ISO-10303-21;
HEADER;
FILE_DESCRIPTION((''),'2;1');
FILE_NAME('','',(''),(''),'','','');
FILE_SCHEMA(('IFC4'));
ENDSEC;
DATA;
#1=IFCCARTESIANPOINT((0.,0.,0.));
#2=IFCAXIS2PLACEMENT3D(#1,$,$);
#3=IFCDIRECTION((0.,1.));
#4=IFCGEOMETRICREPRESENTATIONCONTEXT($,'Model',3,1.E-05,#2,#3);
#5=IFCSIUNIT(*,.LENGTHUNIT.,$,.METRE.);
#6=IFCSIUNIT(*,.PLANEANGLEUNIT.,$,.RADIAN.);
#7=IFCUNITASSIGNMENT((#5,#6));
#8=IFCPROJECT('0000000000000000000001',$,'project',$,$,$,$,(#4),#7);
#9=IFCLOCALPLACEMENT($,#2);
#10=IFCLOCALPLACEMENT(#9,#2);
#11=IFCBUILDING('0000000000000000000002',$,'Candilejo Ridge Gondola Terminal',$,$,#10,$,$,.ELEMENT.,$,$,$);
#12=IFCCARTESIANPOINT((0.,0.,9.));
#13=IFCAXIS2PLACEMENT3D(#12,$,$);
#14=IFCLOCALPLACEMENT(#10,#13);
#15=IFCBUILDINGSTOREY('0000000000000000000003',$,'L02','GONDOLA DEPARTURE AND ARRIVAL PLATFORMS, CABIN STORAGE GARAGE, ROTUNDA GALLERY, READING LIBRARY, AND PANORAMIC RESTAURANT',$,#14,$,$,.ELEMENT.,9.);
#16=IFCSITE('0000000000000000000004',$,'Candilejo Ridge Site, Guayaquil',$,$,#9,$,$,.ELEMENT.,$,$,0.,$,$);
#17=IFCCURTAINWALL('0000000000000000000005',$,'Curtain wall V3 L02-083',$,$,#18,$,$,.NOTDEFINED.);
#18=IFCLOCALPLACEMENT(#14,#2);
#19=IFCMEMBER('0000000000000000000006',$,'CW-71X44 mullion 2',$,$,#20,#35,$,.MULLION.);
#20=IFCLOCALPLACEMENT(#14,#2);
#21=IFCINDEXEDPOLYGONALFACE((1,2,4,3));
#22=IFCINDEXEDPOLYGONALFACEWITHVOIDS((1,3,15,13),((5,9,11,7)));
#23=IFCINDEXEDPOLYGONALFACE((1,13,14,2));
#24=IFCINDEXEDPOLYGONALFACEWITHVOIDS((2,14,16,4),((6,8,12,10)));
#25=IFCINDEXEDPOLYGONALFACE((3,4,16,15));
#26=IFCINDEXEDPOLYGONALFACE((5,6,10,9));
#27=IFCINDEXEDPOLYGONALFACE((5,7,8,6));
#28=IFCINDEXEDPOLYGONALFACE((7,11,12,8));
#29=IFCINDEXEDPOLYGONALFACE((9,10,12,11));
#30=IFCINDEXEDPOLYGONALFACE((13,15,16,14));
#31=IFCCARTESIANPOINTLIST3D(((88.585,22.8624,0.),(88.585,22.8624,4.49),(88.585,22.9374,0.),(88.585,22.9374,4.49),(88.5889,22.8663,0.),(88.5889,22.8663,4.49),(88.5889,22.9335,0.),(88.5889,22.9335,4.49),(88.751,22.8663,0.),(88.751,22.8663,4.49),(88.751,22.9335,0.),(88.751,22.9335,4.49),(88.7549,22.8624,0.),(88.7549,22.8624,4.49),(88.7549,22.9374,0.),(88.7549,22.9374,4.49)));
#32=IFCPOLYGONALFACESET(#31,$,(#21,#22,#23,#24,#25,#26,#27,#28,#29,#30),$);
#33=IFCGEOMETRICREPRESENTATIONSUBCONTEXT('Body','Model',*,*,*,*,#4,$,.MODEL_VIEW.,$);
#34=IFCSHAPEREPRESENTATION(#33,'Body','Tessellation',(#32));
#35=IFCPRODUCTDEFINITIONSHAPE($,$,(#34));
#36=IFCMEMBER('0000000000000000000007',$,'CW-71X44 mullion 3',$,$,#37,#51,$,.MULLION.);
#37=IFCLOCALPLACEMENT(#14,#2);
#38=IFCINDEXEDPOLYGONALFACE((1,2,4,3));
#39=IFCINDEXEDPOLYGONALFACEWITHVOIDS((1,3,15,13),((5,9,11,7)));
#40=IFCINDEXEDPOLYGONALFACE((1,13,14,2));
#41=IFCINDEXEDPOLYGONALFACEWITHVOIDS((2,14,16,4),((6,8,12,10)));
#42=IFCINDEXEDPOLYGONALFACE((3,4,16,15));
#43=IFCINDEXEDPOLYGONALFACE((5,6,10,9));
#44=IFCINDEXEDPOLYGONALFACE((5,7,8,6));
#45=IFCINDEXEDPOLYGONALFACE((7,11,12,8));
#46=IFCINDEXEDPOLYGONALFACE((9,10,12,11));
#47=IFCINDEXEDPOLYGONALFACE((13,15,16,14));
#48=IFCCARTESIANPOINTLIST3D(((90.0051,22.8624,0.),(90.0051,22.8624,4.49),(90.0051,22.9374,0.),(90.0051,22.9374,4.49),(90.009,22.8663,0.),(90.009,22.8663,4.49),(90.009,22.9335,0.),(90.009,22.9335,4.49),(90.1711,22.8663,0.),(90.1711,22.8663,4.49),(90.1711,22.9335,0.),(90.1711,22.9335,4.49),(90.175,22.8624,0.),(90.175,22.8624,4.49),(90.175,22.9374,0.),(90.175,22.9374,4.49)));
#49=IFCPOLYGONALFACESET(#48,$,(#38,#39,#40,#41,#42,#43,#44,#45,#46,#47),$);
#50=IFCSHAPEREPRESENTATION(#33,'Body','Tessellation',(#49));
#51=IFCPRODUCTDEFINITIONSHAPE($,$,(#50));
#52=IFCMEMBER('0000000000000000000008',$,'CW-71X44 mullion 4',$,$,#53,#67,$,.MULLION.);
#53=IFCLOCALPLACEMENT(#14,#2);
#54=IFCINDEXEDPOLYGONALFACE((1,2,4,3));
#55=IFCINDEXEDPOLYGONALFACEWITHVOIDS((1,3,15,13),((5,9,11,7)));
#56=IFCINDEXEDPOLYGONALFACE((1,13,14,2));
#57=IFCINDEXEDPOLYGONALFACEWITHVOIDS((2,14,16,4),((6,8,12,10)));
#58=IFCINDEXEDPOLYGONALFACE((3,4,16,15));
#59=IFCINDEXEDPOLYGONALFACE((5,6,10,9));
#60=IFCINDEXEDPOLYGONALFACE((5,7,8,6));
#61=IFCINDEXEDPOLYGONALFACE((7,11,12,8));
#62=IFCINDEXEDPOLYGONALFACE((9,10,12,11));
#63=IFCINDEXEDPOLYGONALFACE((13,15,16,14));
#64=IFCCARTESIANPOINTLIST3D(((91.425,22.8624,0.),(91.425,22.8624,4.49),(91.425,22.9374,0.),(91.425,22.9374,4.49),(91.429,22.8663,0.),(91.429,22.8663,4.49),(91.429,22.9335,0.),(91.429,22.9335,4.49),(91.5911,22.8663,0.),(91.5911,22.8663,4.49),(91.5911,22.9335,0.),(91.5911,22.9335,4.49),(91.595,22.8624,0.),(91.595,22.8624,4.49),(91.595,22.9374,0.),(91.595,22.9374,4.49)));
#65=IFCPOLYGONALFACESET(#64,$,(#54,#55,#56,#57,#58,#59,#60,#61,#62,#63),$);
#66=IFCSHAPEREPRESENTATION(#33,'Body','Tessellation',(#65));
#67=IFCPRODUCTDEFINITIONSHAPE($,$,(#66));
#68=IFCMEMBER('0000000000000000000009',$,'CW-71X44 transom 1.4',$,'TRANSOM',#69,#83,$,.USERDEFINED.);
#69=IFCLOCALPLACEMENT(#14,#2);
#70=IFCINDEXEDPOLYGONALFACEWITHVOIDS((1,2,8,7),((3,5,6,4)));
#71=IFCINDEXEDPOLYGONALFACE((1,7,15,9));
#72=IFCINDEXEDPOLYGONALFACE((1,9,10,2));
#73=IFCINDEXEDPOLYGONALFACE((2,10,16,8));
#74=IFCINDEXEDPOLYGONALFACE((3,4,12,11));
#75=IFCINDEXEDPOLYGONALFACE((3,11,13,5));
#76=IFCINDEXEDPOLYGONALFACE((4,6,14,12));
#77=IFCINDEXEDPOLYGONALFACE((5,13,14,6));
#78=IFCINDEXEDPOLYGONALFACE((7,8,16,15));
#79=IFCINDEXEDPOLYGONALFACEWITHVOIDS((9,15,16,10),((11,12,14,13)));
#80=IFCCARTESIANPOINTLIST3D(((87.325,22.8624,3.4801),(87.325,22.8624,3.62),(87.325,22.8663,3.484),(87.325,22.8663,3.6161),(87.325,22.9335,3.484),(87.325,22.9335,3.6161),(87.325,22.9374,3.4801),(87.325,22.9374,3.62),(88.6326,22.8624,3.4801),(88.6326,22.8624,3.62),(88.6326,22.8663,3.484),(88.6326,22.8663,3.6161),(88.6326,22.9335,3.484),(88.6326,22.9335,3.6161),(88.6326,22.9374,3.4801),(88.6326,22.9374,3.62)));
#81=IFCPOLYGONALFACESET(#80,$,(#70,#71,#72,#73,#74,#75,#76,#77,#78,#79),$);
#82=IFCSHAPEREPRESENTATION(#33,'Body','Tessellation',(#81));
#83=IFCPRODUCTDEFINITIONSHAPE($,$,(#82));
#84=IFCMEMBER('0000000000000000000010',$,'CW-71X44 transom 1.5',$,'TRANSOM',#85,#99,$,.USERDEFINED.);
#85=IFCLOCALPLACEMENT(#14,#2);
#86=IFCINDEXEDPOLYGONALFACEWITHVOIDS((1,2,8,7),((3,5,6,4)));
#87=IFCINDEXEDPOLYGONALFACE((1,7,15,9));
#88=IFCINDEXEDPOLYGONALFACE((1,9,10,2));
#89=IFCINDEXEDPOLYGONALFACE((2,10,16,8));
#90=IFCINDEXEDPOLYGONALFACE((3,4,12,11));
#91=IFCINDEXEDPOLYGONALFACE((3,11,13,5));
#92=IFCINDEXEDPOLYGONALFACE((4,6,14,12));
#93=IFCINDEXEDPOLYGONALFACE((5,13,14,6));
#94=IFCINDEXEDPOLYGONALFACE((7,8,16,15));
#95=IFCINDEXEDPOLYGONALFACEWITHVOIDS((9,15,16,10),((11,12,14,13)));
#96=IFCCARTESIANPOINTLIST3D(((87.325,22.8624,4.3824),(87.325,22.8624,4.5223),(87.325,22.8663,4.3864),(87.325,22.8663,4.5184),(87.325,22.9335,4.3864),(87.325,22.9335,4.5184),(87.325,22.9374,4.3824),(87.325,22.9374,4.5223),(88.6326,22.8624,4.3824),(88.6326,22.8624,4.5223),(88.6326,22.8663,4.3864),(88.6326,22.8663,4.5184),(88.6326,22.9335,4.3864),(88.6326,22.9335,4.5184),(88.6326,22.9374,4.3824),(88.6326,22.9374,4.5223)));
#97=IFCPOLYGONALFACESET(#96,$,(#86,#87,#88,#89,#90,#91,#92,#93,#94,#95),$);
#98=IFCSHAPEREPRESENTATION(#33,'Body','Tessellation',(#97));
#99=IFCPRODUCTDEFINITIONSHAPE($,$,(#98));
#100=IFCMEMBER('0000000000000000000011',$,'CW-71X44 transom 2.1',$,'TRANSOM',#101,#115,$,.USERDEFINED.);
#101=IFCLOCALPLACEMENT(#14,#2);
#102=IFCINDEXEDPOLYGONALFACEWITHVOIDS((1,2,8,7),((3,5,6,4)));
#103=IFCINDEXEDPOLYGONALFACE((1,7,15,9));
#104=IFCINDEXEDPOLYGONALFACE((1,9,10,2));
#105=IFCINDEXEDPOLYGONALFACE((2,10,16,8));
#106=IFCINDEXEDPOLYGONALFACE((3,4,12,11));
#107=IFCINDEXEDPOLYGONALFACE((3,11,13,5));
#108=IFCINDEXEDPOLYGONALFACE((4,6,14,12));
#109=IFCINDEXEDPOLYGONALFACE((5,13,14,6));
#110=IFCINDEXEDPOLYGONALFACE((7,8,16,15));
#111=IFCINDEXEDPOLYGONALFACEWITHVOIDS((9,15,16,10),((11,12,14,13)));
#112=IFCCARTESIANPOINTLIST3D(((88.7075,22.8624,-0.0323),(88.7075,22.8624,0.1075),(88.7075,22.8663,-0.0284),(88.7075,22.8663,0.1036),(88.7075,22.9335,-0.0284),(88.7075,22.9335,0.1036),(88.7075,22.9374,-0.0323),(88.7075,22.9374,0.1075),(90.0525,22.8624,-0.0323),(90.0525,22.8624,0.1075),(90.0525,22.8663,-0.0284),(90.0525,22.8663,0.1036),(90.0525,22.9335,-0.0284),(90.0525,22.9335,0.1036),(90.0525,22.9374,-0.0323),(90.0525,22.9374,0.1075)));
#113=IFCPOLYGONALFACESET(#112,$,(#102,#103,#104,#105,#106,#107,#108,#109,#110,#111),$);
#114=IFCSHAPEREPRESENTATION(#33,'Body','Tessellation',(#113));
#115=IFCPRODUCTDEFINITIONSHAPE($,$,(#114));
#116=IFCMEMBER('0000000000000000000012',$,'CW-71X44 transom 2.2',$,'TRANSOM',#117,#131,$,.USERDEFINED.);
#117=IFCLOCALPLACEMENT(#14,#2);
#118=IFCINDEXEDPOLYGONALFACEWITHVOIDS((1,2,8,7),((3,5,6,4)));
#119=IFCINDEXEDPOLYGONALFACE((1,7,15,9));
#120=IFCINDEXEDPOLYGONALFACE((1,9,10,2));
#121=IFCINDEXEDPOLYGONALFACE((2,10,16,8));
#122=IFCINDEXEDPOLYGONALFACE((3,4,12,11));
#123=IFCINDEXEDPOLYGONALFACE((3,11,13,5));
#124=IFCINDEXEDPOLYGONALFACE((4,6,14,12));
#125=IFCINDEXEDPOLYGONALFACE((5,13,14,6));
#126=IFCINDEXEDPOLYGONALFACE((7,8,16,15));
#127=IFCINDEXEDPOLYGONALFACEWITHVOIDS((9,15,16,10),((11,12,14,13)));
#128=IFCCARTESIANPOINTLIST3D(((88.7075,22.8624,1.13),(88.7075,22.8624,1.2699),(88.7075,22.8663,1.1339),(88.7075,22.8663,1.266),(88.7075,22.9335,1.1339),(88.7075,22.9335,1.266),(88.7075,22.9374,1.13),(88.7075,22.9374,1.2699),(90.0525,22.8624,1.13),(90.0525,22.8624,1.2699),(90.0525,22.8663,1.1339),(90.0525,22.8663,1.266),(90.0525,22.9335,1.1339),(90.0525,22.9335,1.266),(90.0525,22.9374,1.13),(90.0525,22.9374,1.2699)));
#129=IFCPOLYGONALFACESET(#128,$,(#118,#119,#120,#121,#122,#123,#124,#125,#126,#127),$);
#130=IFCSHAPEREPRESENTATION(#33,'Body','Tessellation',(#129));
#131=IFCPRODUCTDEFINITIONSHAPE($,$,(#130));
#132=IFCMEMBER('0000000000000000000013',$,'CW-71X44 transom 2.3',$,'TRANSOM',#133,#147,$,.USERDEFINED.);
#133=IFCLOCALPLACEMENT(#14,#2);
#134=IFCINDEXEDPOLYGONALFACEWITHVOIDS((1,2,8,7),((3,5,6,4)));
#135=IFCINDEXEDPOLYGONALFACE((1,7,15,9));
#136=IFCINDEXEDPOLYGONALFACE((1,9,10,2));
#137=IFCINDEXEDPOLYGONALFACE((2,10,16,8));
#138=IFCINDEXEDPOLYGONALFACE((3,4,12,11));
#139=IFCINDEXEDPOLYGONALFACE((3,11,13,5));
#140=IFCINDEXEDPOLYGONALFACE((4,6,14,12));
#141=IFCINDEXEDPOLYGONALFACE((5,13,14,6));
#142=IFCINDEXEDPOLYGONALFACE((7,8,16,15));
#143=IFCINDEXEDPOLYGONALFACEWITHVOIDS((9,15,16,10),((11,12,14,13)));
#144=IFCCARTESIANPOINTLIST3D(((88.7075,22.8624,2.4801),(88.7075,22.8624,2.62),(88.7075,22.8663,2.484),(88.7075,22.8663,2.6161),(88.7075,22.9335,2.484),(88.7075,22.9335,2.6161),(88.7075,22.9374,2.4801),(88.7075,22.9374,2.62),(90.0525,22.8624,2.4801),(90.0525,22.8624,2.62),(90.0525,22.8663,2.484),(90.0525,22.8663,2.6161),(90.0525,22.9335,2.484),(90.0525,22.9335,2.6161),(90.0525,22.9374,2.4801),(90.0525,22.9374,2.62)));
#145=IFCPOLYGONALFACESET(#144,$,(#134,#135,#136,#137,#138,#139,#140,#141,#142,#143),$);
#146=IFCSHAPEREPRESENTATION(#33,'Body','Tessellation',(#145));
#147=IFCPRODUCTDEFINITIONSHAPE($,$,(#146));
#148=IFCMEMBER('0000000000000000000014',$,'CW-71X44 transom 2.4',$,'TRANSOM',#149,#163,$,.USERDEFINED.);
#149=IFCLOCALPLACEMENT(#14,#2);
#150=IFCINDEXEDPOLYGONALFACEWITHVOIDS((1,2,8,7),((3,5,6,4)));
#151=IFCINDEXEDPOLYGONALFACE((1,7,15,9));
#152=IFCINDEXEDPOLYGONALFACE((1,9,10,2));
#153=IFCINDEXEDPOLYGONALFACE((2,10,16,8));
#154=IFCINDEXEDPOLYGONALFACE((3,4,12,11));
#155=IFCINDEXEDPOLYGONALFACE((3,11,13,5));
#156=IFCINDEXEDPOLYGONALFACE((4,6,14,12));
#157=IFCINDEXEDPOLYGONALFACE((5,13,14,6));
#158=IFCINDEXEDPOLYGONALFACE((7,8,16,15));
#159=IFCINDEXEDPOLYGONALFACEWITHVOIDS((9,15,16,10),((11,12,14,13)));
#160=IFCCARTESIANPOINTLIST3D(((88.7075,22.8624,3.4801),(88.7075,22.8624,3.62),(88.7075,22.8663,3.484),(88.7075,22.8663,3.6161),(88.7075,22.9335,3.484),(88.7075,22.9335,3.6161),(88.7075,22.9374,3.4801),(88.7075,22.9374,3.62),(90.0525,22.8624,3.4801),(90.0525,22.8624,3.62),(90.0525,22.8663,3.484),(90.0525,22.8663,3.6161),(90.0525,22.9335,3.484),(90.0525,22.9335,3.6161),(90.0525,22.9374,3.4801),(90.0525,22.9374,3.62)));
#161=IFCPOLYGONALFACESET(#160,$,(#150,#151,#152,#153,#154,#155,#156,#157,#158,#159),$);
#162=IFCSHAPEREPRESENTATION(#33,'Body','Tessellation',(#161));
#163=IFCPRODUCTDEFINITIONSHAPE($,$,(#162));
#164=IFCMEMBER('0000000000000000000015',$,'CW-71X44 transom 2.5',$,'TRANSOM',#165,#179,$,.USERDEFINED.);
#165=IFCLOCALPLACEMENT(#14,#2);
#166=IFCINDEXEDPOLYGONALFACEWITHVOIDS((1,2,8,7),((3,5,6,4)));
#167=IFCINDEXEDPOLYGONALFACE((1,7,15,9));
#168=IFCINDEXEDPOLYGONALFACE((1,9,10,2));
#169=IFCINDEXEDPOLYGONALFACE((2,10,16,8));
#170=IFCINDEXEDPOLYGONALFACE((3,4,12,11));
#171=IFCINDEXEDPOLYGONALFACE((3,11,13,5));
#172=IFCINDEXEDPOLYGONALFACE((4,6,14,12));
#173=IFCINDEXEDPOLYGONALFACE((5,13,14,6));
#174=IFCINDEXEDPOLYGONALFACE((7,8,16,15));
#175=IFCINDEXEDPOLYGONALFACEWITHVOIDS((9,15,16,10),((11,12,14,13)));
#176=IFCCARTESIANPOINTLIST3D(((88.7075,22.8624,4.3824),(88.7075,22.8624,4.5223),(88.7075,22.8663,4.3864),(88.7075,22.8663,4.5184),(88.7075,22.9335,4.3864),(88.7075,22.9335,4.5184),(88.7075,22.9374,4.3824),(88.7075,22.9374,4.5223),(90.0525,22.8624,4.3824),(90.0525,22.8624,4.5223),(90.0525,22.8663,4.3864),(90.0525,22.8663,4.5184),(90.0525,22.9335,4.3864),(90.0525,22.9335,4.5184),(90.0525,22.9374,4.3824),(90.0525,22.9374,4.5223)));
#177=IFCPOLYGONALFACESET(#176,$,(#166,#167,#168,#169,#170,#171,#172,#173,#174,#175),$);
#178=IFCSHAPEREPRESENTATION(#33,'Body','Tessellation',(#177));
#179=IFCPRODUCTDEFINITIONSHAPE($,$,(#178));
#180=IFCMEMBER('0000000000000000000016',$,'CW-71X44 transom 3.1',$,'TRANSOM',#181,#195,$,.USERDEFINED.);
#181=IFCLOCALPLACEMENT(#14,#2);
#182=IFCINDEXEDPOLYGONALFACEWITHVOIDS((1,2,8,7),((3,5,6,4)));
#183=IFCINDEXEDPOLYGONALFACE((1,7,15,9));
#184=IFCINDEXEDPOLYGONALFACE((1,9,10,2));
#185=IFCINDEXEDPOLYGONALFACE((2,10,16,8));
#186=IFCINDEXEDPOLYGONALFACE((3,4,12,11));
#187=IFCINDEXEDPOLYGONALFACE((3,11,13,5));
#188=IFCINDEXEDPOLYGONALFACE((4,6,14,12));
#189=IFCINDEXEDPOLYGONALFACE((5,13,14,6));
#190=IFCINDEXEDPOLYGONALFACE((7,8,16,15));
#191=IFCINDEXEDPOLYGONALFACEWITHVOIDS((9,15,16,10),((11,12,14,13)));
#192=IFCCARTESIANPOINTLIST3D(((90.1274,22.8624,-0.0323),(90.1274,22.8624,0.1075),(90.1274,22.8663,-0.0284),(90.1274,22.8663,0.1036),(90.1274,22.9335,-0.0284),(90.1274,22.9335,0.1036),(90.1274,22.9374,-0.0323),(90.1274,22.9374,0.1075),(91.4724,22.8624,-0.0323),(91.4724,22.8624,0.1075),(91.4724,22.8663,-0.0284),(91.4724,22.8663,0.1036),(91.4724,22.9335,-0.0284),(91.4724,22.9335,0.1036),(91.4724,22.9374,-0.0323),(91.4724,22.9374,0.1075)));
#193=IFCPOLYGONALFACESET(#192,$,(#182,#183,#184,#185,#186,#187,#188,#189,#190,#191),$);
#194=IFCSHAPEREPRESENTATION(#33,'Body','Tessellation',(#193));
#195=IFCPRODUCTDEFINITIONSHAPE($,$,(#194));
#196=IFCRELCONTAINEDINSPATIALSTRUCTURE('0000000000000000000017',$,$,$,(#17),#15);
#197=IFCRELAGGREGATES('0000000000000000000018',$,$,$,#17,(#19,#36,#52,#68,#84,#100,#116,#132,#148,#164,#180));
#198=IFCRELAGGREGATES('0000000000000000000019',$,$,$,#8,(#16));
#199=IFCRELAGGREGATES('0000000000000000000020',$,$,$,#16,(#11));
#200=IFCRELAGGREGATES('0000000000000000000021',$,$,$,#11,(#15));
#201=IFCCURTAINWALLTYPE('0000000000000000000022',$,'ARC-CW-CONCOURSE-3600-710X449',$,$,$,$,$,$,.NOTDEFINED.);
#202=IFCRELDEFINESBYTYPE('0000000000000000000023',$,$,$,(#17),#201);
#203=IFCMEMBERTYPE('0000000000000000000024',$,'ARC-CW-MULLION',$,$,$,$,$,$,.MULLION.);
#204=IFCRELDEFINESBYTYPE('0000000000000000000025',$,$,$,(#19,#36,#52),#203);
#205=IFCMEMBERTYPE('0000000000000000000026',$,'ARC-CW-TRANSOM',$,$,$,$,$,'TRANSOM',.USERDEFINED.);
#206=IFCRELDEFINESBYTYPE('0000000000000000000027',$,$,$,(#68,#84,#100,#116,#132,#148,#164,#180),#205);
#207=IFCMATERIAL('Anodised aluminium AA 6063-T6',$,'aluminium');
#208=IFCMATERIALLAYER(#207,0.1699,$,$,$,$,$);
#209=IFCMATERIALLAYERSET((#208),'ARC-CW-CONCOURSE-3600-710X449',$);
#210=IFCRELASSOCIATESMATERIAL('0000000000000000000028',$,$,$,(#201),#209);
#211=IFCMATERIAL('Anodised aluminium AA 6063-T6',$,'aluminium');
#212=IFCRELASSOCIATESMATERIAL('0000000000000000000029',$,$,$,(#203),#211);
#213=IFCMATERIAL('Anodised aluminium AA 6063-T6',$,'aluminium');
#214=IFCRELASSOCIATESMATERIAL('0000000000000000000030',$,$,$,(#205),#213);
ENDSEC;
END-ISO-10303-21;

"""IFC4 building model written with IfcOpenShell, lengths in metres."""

from ifc_helpers import new_model, si_unit, direction, frame, origin, origin_2d, place, context, subcontext, project, spatial, hollow_rectangle, extrude, material, layer, layer_set, material_profile, profile_set, type_object, element, aggregate, save


model = new_model("IFC4")

# Units and contexts
model_context = context("Model", 3, precision=1e-05, world=origin(), true_north=direction((0.0, 1.0)))
body_context = subcontext(model_context, "Body", "Model", "MODEL_VIEW")
ifc_project = project(units=[si_unit("LENGTHUNIT", "METRE"), si_unit("PLANEANGLEUNIT", "RADIAN")], contexts=[model_context])

# Site, building, storey
site_placement = place(None, origin())
site = spatial("IfcSite", under=ifc_project, at=site_placement, Name="Candilejo Ridge Site, Guayaquil", CompositionType="ELEMENT", RefElevation=0.0)
building_placement = place(site_placement, origin())
building = spatial("IfcBuilding", under=site, at=building_placement, Name="Candilejo Ridge Gondola Terminal", CompositionType="ELEMENT")
storey_placement = place(building_placement, frame((0.0, 0.0, 9.0)))
storey = spatial("IfcBuildingStorey", under=building, at=storey_placement, Name="L02", Description="GONDOLA DEPARTURE AND ARRIVAL PLATFORMS, CABIN STORAGE GARAGE, ROTUNDA GALLERY, READING LIBRARY, AND PANORAMIC RESTAURANT", CompositionType="ELEMENT", Elevation=9.0)

# Curtain wall, members
ifc_material_1 = material(Name="Anodised aluminium AA 6063-T6", Category="aluminium")
ifc_layer_1 = layer(ifc_material_1, 0.1699)
ifc_layer_set_1 = layer_set([ifc_layer_1], Name="ARC-CW-CONCOURSE-3600-710X449")
curtain_wall_type = type_object("IfcCurtainWallType", Name="ARC-CW-CONCOURSE-3600-710X449", PredefinedType="NOTDEFINED", material=ifc_layer_set_1)
curtain_wall_placement = place(storey_placement, origin())
curtain_wall = element("IfcCurtainWall", 1, at=curtain_wall_placement, inside=storey, type_object=curtain_wall_type, Name="Curtain wall V3 L02-083", PredefinedType="NOTDEFINED")
ifc_material_2 = material(Name="Anodised aluminium AA 6063-T6", Category="aluminium")
ifc_material_profile_1 = material_profile(ifc_material_2, hollow_rectangle(XDim=0.075, YDim=0.1699, WallThickness=0.0039, at=origin_2d()))
ifc_profile_set_1 = profile_set([ifc_material_profile_1], Name="Anodised aluminium AA 6063-T6")
member_type_1 = type_object("IfcMemberType", Name="ARC-CW-MULLION", PredefinedType="MULLION", material=ifc_profile_set_1)
member_1_placement = place(storey_placement, frame((88.6699, 22.8999, 0.0), z_axis=(0.0, 0.0, 1.0), x_axis=(0.0, 1.0, 0.0)))
member_1 = element("IfcMember", 2, at=member_1_placement, type_object=member_type_1, Name="CW-71X44 mullion 2", PredefinedType="MULLION", context=body_context, shape_type="SweptSolid", body=[
    extrude(hollow_rectangle(XDim=0.075, YDim=0.1699, WallThickness=0.0039, at=origin_2d()), origin(), (0.0, 0.0, 1.0), 4.49),
])
member_2_placement = place(storey_placement, frame((90.0901, 22.8999, 0.0), z_axis=(0.0, 0.0, 1.0), x_axis=(0.0, 1.0, 0.0)))
member_2 = element("IfcMember", 3, at=member_2_placement, type_object=member_type_1, Name="CW-71X44 mullion 3", PredefinedType="MULLION", context=body_context, shape_type="SweptSolid", body=[
    extrude(hollow_rectangle(XDim=0.075, YDim=0.1699, WallThickness=0.0039, at=origin_2d()), origin(), (0.0, 0.0, 1.0), 4.49),
])
member_3_placement = place(storey_placement, frame((91.51, 22.8999, 0.0), z_axis=(0.0, 0.0, 1.0), x_axis=(0.0, 1.0, 0.0)))
member_3 = element("IfcMember", 4, at=member_3_placement, type_object=member_type_1, Name="CW-71X44 mullion 4", PredefinedType="MULLION", context=body_context, shape_type="SweptSolid", body=[
    extrude(hollow_rectangle(XDim=0.075, YDim=0.1699, WallThickness=0.0039, at=origin_2d()), origin(), (0.0, 0.0, 1.0), 4.49),
])
ifc_material_3 = material(Name="Anodised aluminium AA 6063-T6", Category="aluminium")
ifc_material_profile_2 = material_profile(ifc_material_3, hollow_rectangle(XDim=0.075, YDim=0.1399, WallThickness=0.0039, at=origin_2d()))
ifc_profile_set_2 = profile_set([ifc_material_profile_2], Name="Anodised aluminium AA 6063-T6")
member_type_2 = type_object("IfcMemberType", Name="ARC-CW-TRANSOM", ElementType="TRANSOM", PredefinedType="USERDEFINED", material=ifc_profile_set_2)
member_4_placement = place(storey_placement, frame((87.325, 22.8999, 3.55), z_axis=(1.0, 0.0, 0.0), x_axis=(0.0, 1.0, 0.0)))
member_4 = element("IfcMember", 5, at=member_4_placement, type_object=member_type_2, Name="CW-71X44 transom 1.4", ObjectType="TRANSOM", PredefinedType="USERDEFINED", context=body_context, shape_type="SweptSolid", body=[
    extrude(hollow_rectangle(XDim=0.075, YDim=0.1399, WallThickness=0.0039, at=origin_2d()), origin(), (0.0, 0.0, 1.0), 1.3076),
])
member_5_placement = place(storey_placement, frame((87.325, 22.8999, 4.4524), z_axis=(1.0, 0.0, 0.0), x_axis=(0.0, 1.0, 0.0)))
member_5 = element("IfcMember", 6, at=member_5_placement, type_object=member_type_2, Name="CW-71X44 transom 1.5", ObjectType="TRANSOM", PredefinedType="USERDEFINED", context=body_context, shape_type="SweptSolid", body=[
    extrude(hollow_rectangle(XDim=0.075, YDim=0.1399, WallThickness=0.0039, at=origin_2d()), origin(), (0.0, 0.0, 1.0), 1.3076),
])
member_6_placement = place(storey_placement, frame((88.7075, 22.8999, 0.0376), z_axis=(1.0, 0.0, 0.0), x_axis=(0.0, 1.0, 0.0)))
member_6 = element("IfcMember", 7, at=member_6_placement, type_object=member_type_2, Name="CW-71X44 transom 2.1", ObjectType="TRANSOM", PredefinedType="USERDEFINED", context=body_context, shape_type="SweptSolid", body=[
    extrude(hollow_rectangle(XDim=0.075, YDim=0.1399, WallThickness=0.0039, at=origin_2d()), origin(), (0.0, 0.0, 1.0), 1.345),
])
member_7_placement = place(storey_placement, frame((88.7075, 22.8999, 1.2), z_axis=(1.0, 0.0, 0.0), x_axis=(0.0, 1.0, 0.0)))
member_7 = element("IfcMember", 8, at=member_7_placement, type_object=member_type_2, Name="CW-71X44 transom 2.2", ObjectType="TRANSOM", PredefinedType="USERDEFINED", context=body_context, shape_type="SweptSolid", body=[
    extrude(hollow_rectangle(XDim=0.075, YDim=0.1399, WallThickness=0.0039, at=origin_2d()), origin(), (0.0, 0.0, 1.0), 1.345),
])
member_8_placement = place(storey_placement, frame((88.7075, 22.8999, 2.55), z_axis=(1.0, 0.0, 0.0), x_axis=(0.0, 1.0, 0.0)))
member_8 = element("IfcMember", 9, at=member_8_placement, type_object=member_type_2, Name="CW-71X44 transom 2.3", ObjectType="TRANSOM", PredefinedType="USERDEFINED", context=body_context, shape_type="SweptSolid", body=[
    extrude(hollow_rectangle(XDim=0.075, YDim=0.1399, WallThickness=0.0039, at=origin_2d()), origin(), (0.0, 0.0, 1.0), 1.345),
])
member_9_placement = place(storey_placement, frame((88.7075, 22.8999, 3.55), z_axis=(1.0, 0.0, 0.0), x_axis=(0.0, 1.0, 0.0)))
member_9 = element("IfcMember", 10, at=member_9_placement, type_object=member_type_2, Name="CW-71X44 transom 2.4", ObjectType="TRANSOM", PredefinedType="USERDEFINED", context=body_context, shape_type="SweptSolid", body=[
    extrude(hollow_rectangle(XDim=0.075, YDim=0.1399, WallThickness=0.0039, at=origin_2d()), origin(), (0.0, 0.0, 1.0), 1.345),
])
member_10_placement = place(storey_placement, frame((88.7075, 22.8999, 4.4524), z_axis=(1.0, 0.0, 0.0), x_axis=(0.0, 1.0, 0.0)))
member_10 = element("IfcMember", 11, at=member_10_placement, type_object=member_type_2, Name="CW-71X44 transom 2.5", ObjectType="TRANSOM", PredefinedType="USERDEFINED", context=body_context, shape_type="SweptSolid", body=[
    extrude(hollow_rectangle(XDim=0.075, YDim=0.1399, WallThickness=0.0039, at=origin_2d()), origin(), (0.0, 0.0, 1.0), 1.345),
])
member_11_placement = place(storey_placement, frame((90.1274, 22.8999, 0.0376), z_axis=(1.0, 0.0, 0.0), x_axis=(0.0, 1.0, 0.0)))
member_11 = element("IfcMember", 12, at=member_11_placement, type_object=member_type_2, Name="CW-71X44 transom 3.1", ObjectType="TRANSOM", PredefinedType="USERDEFINED", context=body_context, shape_type="SweptSolid", body=[
    extrude(hollow_rectangle(XDim=0.075, YDim=0.1399, WallThickness=0.0039, at=origin_2d()), origin(), (0.0, 0.0, 1.0), 1.345),
])
aggregate(curtain_wall, [member_1, member_2, member_3, member_4, member_5, member_6, member_7, member_8, member_9, member_10, member_11])

save(model, "model.ifc")
